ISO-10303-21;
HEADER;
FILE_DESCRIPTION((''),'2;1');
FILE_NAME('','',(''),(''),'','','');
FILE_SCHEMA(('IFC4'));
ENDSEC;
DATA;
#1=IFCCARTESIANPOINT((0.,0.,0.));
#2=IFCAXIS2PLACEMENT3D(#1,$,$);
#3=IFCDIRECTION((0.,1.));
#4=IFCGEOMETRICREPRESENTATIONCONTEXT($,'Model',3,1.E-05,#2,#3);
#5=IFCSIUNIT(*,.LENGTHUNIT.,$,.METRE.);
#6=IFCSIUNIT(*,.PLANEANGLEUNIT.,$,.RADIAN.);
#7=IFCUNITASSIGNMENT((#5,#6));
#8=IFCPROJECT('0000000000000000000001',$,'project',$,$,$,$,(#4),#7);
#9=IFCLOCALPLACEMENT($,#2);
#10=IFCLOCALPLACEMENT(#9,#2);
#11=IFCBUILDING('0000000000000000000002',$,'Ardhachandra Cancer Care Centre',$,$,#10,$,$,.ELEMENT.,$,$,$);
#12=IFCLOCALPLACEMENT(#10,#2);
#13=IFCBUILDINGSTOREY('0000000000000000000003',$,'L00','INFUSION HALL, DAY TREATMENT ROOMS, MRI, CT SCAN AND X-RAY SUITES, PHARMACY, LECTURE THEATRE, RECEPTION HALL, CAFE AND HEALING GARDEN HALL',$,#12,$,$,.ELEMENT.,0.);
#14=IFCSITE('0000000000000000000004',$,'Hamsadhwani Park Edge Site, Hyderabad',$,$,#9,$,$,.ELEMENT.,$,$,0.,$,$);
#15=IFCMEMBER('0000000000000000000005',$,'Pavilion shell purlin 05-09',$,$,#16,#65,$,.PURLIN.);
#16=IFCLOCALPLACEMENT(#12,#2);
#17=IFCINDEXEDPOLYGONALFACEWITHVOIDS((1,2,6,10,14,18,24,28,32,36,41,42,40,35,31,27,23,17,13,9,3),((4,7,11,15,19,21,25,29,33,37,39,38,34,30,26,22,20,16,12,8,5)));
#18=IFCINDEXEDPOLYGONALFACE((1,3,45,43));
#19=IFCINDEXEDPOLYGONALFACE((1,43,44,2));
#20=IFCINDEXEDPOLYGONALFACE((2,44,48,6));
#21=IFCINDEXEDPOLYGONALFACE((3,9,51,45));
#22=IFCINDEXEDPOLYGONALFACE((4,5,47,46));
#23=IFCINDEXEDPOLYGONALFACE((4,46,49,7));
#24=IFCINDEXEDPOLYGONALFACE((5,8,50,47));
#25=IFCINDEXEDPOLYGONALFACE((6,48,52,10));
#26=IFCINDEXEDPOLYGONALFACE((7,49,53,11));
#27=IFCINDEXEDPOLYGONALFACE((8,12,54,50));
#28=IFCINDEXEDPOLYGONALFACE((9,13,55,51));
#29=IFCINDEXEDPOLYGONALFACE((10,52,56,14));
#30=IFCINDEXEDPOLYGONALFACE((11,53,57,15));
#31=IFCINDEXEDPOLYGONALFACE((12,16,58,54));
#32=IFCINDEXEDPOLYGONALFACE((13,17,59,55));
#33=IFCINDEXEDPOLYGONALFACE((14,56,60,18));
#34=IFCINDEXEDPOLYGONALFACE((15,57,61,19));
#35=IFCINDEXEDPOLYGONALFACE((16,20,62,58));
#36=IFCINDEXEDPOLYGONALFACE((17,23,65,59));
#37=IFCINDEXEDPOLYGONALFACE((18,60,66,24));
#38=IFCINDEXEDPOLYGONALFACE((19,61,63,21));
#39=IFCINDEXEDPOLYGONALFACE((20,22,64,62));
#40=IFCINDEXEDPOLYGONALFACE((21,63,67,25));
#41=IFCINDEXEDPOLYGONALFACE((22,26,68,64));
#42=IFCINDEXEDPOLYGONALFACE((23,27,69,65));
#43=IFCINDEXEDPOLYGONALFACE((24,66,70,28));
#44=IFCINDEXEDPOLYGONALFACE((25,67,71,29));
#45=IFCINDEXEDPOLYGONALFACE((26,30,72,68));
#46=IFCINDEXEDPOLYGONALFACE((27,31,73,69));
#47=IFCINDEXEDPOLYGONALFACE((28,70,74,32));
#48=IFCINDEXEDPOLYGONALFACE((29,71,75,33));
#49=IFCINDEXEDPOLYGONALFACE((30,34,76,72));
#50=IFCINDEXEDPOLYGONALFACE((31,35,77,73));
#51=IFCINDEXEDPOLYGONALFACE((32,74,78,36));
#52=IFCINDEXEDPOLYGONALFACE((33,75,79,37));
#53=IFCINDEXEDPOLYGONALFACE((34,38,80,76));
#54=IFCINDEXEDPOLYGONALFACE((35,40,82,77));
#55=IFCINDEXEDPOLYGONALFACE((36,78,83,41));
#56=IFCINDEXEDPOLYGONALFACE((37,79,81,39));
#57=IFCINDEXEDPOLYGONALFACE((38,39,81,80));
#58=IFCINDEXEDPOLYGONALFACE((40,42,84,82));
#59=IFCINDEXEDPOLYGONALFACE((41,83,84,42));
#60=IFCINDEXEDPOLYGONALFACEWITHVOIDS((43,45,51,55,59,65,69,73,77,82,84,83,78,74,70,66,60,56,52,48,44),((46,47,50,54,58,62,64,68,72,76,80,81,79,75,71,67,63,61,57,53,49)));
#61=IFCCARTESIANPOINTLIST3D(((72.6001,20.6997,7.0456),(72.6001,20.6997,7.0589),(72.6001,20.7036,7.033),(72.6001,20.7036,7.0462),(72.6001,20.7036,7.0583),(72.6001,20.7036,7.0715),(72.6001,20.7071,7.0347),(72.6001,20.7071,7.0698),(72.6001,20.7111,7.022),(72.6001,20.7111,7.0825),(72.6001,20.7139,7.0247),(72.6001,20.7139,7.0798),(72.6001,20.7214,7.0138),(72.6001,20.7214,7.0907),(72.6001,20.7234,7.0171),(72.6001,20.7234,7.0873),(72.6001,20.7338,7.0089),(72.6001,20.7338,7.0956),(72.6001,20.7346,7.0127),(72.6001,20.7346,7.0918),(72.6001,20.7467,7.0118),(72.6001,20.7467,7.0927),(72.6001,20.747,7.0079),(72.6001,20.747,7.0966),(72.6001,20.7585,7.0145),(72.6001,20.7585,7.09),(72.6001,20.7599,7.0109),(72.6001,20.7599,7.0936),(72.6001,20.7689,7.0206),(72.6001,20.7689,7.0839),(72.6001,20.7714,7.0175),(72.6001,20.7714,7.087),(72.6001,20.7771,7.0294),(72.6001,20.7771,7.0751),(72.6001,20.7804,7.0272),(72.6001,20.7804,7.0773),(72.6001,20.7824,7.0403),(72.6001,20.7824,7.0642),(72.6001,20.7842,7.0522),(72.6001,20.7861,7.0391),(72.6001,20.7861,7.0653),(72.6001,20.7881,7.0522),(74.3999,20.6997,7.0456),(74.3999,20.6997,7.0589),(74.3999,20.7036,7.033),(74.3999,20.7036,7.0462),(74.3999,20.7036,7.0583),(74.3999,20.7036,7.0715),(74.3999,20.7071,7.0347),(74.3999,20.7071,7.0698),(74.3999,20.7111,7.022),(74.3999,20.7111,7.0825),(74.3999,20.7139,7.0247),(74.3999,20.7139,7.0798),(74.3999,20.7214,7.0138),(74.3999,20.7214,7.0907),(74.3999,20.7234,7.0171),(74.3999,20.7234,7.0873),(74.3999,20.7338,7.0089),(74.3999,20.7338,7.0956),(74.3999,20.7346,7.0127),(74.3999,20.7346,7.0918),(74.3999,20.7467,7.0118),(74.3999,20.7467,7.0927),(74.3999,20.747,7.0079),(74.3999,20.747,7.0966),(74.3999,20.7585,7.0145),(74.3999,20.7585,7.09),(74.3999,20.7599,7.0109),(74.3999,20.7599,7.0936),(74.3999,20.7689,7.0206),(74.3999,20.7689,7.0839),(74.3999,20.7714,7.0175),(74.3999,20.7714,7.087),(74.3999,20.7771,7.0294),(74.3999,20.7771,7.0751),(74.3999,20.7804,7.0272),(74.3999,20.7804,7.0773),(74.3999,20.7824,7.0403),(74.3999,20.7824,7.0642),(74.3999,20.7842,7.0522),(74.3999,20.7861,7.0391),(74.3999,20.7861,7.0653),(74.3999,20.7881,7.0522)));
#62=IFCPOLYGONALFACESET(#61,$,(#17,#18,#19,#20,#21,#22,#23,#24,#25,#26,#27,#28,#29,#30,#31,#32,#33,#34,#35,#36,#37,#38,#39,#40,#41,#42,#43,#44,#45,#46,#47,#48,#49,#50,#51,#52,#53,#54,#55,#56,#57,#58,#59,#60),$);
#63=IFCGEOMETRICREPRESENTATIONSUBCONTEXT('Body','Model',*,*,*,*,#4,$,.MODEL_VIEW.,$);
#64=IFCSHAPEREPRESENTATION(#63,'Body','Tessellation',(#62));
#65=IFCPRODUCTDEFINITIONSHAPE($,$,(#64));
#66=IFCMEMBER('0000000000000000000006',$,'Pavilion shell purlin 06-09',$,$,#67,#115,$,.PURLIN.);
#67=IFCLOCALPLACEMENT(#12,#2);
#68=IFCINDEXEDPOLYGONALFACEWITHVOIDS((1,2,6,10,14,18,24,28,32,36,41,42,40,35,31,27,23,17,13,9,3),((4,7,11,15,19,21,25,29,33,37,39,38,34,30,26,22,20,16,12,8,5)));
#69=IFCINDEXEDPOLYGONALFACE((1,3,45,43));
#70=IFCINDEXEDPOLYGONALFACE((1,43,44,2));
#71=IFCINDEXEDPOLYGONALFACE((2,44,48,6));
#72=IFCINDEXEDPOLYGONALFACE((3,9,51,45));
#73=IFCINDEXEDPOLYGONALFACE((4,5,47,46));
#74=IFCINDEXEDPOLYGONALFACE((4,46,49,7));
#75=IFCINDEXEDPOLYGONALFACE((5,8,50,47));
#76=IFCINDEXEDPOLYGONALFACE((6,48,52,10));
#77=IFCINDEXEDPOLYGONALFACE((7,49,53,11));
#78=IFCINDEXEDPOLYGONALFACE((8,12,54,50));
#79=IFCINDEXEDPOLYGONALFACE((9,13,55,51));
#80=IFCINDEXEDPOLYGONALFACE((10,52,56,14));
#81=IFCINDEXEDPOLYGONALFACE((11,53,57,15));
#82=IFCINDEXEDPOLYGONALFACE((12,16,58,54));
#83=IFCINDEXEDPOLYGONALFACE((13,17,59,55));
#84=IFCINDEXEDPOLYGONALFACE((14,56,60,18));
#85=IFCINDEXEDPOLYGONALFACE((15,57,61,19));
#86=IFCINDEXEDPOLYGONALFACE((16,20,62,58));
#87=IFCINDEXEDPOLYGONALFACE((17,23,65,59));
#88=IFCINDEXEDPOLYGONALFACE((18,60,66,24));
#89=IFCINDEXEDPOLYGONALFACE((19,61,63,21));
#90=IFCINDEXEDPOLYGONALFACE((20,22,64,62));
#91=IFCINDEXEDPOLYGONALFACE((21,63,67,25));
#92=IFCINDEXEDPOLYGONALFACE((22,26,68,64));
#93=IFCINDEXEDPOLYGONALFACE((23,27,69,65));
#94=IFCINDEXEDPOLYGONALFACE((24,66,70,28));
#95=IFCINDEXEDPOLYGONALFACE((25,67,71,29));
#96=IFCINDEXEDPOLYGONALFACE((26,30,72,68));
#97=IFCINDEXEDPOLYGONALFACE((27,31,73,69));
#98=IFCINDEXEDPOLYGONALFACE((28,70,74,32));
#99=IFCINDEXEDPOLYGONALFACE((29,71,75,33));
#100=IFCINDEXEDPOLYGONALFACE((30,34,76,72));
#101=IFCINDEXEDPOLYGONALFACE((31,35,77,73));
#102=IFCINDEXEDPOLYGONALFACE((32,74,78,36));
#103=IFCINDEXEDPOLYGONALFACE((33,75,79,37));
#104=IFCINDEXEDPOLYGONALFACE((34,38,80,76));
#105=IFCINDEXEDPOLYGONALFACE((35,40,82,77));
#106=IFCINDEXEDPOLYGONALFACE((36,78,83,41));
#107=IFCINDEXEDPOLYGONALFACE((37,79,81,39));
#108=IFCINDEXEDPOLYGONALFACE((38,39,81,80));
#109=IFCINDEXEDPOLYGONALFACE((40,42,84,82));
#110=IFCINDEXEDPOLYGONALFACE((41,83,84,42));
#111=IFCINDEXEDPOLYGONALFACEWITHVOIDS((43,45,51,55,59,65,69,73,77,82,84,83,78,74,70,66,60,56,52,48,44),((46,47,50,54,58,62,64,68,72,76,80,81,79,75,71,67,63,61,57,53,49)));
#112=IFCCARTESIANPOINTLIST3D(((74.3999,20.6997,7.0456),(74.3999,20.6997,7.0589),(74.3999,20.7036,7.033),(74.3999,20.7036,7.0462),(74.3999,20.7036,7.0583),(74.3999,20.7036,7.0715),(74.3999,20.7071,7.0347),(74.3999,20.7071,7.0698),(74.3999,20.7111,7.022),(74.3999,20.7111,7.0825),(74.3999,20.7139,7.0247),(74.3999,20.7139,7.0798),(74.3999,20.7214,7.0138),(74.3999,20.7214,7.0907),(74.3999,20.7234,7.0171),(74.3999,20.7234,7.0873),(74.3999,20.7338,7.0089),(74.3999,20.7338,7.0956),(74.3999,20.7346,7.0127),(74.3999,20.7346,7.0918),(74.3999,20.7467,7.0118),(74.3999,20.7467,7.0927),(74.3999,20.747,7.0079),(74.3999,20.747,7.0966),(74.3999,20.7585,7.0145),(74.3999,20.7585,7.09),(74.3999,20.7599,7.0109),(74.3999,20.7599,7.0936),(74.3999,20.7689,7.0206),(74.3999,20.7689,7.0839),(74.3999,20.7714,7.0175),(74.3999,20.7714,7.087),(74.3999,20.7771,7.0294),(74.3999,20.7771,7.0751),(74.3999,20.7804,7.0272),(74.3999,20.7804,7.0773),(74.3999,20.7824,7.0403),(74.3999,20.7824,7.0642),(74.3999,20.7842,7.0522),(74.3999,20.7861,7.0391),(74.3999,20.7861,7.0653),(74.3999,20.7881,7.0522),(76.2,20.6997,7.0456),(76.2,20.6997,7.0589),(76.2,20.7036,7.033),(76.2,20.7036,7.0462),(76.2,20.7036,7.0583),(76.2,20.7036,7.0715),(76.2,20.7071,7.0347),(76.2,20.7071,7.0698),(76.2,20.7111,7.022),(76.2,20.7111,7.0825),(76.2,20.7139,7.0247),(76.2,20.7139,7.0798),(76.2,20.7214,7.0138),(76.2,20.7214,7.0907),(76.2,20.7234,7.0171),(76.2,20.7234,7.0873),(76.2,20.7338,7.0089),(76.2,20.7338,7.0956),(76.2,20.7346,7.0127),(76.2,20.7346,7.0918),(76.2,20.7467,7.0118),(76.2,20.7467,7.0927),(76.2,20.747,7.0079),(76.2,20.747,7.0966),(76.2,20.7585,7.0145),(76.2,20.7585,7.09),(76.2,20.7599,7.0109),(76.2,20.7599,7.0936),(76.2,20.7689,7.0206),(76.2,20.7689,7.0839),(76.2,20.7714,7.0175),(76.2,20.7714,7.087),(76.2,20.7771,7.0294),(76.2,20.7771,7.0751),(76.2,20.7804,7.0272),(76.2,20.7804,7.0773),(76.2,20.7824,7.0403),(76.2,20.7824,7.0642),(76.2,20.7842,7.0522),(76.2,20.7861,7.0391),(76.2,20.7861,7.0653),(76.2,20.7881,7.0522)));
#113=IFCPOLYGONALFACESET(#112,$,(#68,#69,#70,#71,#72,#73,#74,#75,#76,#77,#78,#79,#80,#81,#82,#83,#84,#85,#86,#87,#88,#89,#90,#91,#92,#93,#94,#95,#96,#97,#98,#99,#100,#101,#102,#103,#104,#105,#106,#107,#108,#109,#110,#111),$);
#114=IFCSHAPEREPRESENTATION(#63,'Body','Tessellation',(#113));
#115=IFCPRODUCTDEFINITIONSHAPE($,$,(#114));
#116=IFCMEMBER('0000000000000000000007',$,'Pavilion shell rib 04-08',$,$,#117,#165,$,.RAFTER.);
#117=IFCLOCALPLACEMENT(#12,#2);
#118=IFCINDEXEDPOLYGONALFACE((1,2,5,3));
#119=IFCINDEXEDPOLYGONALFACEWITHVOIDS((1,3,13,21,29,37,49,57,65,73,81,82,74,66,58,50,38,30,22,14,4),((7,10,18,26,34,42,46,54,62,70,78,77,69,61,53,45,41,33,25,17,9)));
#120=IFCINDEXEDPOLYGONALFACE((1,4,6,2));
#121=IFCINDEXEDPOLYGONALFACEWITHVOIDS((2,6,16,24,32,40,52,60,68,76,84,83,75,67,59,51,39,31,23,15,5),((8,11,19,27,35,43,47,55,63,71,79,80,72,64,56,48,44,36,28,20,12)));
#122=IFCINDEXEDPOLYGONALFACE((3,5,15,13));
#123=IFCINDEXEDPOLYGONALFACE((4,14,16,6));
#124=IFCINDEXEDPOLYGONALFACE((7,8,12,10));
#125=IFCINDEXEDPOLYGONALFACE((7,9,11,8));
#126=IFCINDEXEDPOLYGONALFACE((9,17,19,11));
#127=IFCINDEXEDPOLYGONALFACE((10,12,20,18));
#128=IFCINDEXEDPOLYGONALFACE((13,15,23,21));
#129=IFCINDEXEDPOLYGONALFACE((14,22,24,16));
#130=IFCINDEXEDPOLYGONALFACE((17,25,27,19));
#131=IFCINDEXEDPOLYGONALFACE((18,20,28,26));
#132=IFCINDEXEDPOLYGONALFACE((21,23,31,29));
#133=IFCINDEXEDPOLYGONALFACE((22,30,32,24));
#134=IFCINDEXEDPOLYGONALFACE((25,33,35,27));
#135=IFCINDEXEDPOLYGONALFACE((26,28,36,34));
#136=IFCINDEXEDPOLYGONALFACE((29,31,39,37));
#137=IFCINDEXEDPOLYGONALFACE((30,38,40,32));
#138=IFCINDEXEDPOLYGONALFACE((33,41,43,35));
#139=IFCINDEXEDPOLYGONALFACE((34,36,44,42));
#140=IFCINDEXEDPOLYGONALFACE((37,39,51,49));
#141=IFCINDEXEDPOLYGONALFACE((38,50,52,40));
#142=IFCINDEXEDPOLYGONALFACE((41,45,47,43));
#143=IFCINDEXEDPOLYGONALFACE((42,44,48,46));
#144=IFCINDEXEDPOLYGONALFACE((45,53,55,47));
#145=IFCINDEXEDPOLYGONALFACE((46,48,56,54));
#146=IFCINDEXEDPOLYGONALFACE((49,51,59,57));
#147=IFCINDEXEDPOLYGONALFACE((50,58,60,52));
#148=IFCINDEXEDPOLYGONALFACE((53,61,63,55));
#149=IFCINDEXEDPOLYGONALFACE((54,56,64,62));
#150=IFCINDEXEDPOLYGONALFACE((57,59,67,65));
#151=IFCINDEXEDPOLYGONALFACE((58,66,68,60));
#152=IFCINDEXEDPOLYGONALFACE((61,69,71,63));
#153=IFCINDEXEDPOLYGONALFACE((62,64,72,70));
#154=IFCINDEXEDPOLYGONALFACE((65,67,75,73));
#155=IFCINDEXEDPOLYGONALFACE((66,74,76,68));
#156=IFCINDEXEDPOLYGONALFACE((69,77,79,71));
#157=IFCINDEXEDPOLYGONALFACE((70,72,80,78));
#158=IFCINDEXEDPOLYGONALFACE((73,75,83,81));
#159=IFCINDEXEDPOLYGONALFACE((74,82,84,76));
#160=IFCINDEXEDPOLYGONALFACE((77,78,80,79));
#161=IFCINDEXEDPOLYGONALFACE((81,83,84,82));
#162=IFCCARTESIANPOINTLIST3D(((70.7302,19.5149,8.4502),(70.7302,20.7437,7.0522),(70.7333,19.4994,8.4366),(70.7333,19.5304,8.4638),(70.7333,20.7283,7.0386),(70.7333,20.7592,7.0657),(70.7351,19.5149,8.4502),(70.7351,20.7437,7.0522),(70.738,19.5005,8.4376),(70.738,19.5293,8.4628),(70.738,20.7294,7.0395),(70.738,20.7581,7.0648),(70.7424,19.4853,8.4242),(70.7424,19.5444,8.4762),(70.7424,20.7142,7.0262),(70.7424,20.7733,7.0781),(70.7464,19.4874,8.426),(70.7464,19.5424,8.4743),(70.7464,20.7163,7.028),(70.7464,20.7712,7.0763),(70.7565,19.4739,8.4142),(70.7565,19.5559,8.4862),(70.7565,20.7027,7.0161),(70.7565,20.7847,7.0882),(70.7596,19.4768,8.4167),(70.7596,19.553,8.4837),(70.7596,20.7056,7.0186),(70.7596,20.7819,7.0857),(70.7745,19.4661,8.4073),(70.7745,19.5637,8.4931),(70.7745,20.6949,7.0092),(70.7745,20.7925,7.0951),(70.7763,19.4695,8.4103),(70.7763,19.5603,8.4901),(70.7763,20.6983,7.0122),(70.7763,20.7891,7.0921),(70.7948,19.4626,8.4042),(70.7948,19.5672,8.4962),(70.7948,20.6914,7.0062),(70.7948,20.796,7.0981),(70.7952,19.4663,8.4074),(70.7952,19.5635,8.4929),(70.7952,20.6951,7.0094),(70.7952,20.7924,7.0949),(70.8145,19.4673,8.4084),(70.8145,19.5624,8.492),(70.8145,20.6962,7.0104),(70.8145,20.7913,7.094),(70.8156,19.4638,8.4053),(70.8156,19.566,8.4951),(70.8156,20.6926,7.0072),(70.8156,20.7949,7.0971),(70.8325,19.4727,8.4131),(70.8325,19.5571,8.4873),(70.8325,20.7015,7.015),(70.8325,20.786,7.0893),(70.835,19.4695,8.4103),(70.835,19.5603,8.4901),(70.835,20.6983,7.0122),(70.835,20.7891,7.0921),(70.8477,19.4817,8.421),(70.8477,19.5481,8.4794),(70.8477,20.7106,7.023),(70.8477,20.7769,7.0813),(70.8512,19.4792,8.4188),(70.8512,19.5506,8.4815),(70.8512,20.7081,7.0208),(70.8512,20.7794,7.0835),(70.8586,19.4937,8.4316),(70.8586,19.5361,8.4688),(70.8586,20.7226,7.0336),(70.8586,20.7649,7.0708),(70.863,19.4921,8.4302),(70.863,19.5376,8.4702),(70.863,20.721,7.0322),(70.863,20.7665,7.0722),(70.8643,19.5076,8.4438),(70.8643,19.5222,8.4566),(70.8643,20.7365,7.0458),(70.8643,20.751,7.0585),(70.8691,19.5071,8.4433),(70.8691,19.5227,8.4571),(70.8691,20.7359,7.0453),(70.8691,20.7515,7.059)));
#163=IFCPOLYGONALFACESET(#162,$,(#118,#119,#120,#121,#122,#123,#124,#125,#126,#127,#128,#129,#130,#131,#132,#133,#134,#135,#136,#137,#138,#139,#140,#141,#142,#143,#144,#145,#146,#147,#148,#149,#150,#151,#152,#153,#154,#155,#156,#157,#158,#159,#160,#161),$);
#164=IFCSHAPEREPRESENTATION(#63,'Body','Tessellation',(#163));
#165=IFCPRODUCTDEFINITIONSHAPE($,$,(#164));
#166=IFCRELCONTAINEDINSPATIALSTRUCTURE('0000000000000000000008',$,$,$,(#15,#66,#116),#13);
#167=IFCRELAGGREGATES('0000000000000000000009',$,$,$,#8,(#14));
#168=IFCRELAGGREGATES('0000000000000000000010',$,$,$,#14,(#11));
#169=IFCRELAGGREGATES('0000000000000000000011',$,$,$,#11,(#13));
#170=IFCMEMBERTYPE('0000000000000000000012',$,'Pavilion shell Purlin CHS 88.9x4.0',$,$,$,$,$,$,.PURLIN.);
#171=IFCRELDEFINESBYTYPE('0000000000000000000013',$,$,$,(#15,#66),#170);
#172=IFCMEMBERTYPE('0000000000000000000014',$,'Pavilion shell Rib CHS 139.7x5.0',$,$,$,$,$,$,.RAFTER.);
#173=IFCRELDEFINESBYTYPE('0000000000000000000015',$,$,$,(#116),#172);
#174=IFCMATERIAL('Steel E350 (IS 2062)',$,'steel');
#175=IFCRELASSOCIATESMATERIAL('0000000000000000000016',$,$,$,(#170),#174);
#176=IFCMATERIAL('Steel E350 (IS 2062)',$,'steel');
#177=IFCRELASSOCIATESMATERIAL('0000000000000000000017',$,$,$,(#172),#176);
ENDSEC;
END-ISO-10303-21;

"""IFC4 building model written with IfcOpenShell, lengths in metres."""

from ifc_helpers import new_model, si_unit, direction, frame, origin, origin_2d, place, context, subcontext, project, spatial, hollow_circle, extrude, material, material_profile, profile_set, type_object, element, save


model = new_model("IFC4")

# Units and contexts
model_context = context("Model", 3, precision=1e-05, world=origin(), true_north=direction((0.0, 1.0)))
body_context = subcontext(model_context, "Body", "Model", "MODEL_VIEW")
ifc_project = project(units=[si_unit("LENGTHUNIT", "METRE"), si_unit("PLANEANGLEUNIT", "RADIAN")], contexts=[model_context])

# Site, building, storey
site_placement = place(None, origin())
site = spatial("IfcSite", under=ifc_project, at=site_placement, Name="Hamsadhwani Park Edge Site, Hyderabad", CompositionType="ELEMENT", RefElevation=0.0)
building_placement = place(site_placement, origin())
building = spatial("IfcBuilding", under=site, at=building_placement, Name="Ardhachandra Cancer Care Centre", CompositionType="ELEMENT")
storey_placement = place(building_placement, origin())
storey = spatial("IfcBuildingStorey", under=building, at=storey_placement, Name="L00", Description="INFUSION HALL, DAY TREATMENT ROOMS, MRI, CT SCAN AND X-RAY SUITES, PHARMACY, LECTURE THEATRE, RECEPTION HALL, CAFE AND HEALING GARDEN HALL", CompositionType="ELEMENT", Elevation=0.0)

# Members
ifc_material_1 = material(Name="Steel E350 (IS 2062)", Category="steel")
ifc_material_profile_1 = material_profile(ifc_material_1, hollow_circle(Radius=0.0444, WallThickness=0.0039, at=origin_2d()), Name="CHS 88.9x4.0")
ifc_profile_set_1 = profile_set([ifc_material_profile_1], Name="Steel E350 (IS 2062)")
member_type_1 = type_object("IfcMemberType", Name="Pavilion shell Purlin CHS 88.9x4.0", PredefinedType="PURLIN", material=ifc_profile_set_1)
member_1_placement = place(storey_placement, frame((72.6001, 20.7437, 7.0522), z_axis=(1.0, 0.0, 0.0), x_axis=(0.0, 1.0, 0.0)))
element("IfcMember", 1, at=member_1_placement, inside=storey, type_object=member_type_1, Name="Pavilion shell purlin 05-09", PredefinedType="PURLIN", context=body_context, shape_type="SweptSolid", body=[
    extrude(hollow_circle(Radius=0.0444, WallThickness=0.0039, at=origin_2d()), origin(), (0.0, 0.0, 1.0), 1.7998),
])
member_2_placement = place(storey_placement, frame((74.3999, 20.7437, 7.0522), z_axis=(1.0, 0.0, 0.0), x_axis=(0.0, 1.0, 0.0)))
element("IfcMember", 2, at=member_2_placement, inside=storey, type_object=member_type_1, Name="Pavilion shell purlin 06-09", PredefinedType="PURLIN", context=body_context, shape_type="SweptSolid", body=[
    extrude(hollow_circle(Radius=0.0444, WallThickness=0.0039, at=origin_2d()), origin(), (0.0, 0.0, 1.0), 1.8),
])
ifc_material_2 = material(Name="Steel E350 (IS 2062)", Category="steel")
ifc_material_profile_2 = material_profile(ifc_material_2, hollow_circle(Radius=0.0698, WallThickness=0.0049, at=origin_2d()), Name="CHS 139.7x5.0")
ifc_profile_set_2 = profile_set([ifc_material_profile_2], Name="Steel E350 (IS 2062)")
member_type_2 = type_object("IfcMemberType", Name="Pavilion shell Rib CHS 139.7x5.0", PredefinedType="RAFTER", material=ifc_profile_set_2)
member_3_placement = place(storey_placement, frame((70.8, 19.5149, 8.4502), z_axis=(0.0, 0.660193, -0.751096), x_axis=(-1.0, 0.0, 0.0)))
element("IfcMember", 3, at=member_3_placement, inside=storey, type_object=member_type_2, Name="Pavilion shell rib 04-08", PredefinedType="RAFTER", context=body_context, shape_type="SweptSolid", body=[
    extrude(hollow_circle(Radius=0.0698, WallThickness=0.0049, at=origin_2d()), origin(), (0.0, 0.0, 1.0), 1.8613),
])

save(model, "model.ifc")
